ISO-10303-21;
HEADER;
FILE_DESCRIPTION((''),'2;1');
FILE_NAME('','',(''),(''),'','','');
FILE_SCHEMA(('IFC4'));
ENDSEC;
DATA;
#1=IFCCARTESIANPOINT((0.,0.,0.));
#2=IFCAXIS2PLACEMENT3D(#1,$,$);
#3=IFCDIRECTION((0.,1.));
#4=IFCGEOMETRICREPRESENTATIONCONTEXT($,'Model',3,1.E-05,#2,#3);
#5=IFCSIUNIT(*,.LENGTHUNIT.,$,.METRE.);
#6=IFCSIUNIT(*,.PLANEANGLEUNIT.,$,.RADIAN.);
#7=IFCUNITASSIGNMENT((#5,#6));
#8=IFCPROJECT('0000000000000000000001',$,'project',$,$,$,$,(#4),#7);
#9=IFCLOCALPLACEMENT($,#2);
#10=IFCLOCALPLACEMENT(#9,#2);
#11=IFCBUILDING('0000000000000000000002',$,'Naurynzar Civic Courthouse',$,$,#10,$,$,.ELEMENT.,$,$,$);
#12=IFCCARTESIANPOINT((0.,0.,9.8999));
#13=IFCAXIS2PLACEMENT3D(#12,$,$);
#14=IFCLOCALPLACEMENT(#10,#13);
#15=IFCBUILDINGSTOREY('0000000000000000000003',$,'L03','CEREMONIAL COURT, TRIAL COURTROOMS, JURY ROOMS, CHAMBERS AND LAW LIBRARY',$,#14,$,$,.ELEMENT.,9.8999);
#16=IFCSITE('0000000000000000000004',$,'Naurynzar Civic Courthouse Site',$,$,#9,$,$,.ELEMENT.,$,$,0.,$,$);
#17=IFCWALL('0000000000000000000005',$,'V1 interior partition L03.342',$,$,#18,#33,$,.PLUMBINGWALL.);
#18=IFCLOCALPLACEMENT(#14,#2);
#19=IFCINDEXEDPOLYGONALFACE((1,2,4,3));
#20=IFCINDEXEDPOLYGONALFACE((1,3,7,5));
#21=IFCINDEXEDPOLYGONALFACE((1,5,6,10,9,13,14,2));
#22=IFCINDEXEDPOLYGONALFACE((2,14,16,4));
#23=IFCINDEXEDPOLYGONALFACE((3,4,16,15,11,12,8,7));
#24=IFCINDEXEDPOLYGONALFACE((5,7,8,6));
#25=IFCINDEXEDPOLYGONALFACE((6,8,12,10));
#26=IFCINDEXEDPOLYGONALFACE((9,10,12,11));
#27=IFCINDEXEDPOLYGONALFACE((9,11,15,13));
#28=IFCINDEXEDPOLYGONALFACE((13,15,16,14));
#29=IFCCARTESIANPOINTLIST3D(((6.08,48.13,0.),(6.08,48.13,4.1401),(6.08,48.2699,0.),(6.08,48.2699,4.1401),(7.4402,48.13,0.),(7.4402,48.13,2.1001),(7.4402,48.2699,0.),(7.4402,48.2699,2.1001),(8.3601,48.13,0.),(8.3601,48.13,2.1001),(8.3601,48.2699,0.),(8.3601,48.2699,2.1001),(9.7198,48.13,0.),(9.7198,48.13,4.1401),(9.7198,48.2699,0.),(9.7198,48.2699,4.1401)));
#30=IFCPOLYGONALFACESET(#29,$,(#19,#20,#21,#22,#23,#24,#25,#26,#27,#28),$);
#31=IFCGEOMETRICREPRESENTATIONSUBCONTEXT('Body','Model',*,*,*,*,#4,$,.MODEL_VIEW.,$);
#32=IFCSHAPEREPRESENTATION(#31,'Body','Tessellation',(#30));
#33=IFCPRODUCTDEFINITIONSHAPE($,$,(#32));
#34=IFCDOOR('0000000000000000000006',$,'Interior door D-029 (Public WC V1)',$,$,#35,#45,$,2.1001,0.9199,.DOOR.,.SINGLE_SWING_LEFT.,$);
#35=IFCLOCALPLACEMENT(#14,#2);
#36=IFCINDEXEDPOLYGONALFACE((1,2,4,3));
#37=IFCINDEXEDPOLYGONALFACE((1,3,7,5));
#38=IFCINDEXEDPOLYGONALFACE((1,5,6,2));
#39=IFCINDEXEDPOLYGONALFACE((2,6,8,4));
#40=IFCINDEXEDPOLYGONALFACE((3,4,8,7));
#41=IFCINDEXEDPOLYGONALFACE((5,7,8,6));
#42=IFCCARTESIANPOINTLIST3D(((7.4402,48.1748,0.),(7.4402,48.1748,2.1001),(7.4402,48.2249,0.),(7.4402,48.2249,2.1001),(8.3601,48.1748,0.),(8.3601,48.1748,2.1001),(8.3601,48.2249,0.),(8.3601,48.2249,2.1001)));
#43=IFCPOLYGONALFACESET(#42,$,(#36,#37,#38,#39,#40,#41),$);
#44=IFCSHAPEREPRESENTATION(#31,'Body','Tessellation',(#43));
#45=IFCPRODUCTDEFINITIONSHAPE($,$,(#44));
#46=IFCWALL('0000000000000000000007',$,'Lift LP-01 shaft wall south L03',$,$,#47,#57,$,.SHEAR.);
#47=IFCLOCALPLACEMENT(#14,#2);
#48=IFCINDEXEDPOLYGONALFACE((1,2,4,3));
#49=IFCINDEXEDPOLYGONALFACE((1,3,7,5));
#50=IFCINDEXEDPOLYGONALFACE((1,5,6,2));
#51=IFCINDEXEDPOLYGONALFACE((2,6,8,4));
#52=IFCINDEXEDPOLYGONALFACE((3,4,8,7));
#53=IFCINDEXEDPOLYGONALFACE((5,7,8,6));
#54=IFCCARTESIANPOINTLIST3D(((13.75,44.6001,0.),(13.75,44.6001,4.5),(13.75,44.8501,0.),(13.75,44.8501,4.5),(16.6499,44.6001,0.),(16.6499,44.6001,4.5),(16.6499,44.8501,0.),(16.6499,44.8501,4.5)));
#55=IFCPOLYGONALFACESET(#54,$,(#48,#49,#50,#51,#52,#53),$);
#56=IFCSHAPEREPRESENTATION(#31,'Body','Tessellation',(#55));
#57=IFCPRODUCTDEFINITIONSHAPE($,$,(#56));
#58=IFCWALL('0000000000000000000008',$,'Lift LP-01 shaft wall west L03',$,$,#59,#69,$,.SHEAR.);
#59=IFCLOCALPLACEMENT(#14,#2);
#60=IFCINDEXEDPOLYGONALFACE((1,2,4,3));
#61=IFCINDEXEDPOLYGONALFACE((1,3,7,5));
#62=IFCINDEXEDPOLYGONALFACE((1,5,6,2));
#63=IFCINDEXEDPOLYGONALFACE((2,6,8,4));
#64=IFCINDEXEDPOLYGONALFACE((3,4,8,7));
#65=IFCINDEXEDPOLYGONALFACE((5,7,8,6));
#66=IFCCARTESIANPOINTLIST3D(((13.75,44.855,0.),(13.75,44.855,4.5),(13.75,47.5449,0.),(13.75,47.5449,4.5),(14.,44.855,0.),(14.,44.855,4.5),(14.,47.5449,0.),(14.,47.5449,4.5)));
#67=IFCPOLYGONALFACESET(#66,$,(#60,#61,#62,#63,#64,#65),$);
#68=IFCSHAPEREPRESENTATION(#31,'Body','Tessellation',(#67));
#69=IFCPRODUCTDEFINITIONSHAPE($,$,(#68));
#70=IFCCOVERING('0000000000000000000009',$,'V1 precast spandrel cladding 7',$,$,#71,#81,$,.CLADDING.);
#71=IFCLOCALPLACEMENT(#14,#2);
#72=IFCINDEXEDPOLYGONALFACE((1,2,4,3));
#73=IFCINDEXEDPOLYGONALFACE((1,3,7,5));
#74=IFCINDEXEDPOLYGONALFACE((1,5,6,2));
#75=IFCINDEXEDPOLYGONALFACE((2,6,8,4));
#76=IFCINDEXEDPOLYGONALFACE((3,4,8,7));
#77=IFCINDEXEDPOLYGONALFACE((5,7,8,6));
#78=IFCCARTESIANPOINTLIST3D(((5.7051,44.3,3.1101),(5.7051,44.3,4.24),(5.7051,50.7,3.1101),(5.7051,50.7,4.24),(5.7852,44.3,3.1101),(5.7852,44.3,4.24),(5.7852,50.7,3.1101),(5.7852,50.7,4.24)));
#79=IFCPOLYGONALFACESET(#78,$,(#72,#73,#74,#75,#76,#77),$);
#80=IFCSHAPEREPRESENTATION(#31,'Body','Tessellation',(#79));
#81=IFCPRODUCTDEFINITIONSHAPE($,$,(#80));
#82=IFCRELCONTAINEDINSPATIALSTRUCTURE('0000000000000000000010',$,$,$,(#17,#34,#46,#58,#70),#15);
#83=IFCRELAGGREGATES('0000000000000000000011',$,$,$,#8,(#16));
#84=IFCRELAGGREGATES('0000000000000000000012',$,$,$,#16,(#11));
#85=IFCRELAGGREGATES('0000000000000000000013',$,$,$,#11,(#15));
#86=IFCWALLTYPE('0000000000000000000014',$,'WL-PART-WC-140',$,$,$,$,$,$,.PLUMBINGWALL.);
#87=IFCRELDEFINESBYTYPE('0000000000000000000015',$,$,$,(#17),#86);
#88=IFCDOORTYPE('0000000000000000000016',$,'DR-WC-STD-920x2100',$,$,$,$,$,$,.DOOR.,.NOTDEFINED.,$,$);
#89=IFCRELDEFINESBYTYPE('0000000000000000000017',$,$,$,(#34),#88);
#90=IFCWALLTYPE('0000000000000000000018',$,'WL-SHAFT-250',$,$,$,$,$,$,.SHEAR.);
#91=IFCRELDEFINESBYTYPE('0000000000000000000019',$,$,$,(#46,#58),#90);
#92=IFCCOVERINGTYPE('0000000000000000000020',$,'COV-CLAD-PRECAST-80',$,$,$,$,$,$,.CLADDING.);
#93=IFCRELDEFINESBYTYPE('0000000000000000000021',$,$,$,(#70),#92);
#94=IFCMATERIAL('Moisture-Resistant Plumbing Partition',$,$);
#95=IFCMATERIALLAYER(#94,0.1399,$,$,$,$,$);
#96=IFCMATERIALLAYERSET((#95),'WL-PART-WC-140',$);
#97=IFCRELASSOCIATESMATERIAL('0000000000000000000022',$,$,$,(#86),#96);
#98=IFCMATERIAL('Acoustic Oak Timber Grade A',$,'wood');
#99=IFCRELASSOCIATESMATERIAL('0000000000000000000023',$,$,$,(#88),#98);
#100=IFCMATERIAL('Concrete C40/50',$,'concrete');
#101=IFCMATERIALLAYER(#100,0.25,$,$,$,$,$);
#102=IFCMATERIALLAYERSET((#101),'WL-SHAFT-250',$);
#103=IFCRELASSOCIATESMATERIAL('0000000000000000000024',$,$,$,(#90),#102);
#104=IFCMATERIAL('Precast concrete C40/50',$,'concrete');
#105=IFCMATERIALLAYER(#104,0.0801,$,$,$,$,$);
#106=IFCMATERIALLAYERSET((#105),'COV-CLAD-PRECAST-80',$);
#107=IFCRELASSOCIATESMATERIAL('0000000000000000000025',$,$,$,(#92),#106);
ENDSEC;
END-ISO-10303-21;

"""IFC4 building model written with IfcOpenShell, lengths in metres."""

from ifc_helpers import new_model, si_unit, direction, frame, frame_2d, origin, origin_2d, place, context, subcontext, project, spatial, rectangle, extrude, material, layer, layer_set, type_object, element, fill, save


model = new_model("IFC4")

# Units and contexts
model_context = context("Model", 3, precision=1e-05, world=origin(), true_north=direction((0.0, 1.0)))
body_context = subcontext(model_context, "Body", "Model", "MODEL_VIEW")
ifc_project = project(units=[si_unit("LENGTHUNIT", "METRE"), si_unit("PLANEANGLEUNIT", "RADIAN")], contexts=[model_context])

# Site, building, storey
site_placement = place(None, origin())
site = spatial("IfcSite", under=ifc_project, at=site_placement, Name="Naurynzar Civic Courthouse Site", CompositionType="ELEMENT", RefElevation=0.0)
building_placement = place(site_placement, origin())
building = spatial("IfcBuilding", under=site, at=building_placement, Name="Naurynzar Civic Courthouse", CompositionType="ELEMENT")
storey_placement = place(building_placement, frame((0.0, 0.0, 9.8999)))
storey = spatial("IfcBuildingStorey", under=building, at=storey_placement, Name="L03", Description="CEREMONIAL COURT, TRIAL COURTROOMS, JURY ROOMS, CHAMBERS AND LAW LIBRARY", CompositionType="ELEMENT", Elevation=9.8999)

# Wall, opening, door
ifc_material_1 = material(Name="Moisture-Resistant Plumbing Partition")
ifc_layer_1 = layer(ifc_material_1, 0.1399)
ifc_layer_set_1 = layer_set([ifc_layer_1], Name="WL-PART-WC-140")
wall_type_1 = type_object("IfcWallType", Name="WL-PART-WC-140", PredefinedType="PLUMBINGWALL", material=ifc_layer_set_1)
wall_1_placement = place(storey_placement, frame((6.0801, 48.2, 0.0), z_axis=(0.0, 0.0, 1.0), x_axis=(1.0, 0.0, 0.0)))
wall_1 = element("IfcWall", 1, at=wall_1_placement, inside=storey, type_object=wall_type_1, Name="V1 interior partition L03.342", PredefinedType="PLUMBINGWALL", context=body_context, shape_type="SweptSolid", body=[
    extrude(rectangle(XDim=3.6399, YDim=0.1399, at=frame_2d((1.8198, 0.0))), origin(), (0.0, 0.0, 1.0), 4.1401),
])
opening_placement = place(wall_1_placement, frame((1.3601, 0.0, 0.0)))
opening = element("IfcOpeningElement", 2, at=opening_placement, cuts=wall_1, PredefinedType="OPENING", context=body_context, shape_type="SweptSolid", body=[
    extrude(rectangle(XDim=0.9199, YDim=2.1001, at=frame_2d((0.46, 1.05))), frame((0.0, 0.0798, 0.0), z_axis=(0.0, -1.0, 0.0), x_axis=(1.0, 0.0, 0.0)), (0.0, 0.0, 1.0), 0.1599),
])
ifc_material_2 = material(Name="Acoustic Oak Timber Grade A", Category="wood")
door_type = type_object("IfcDoorType", Name="DR-WC-STD-920x2100", OperationType="NOTDEFINED", PredefinedType="DOOR", material=ifc_material_2)
door_placement = place(opening_placement, origin())
door = element("IfcDoor", 3, at=door_placement, inside=storey, type_object=door_type, Name="Interior door D-029 (Public WC V1)", OperationType="SINGLE_SWING_LEFT", OverallHeight=2.1001, OverallWidth=0.9199, PredefinedType="DOOR", context=body_context, shape_type="SweptSolid", body=[
    extrude(rectangle(XDim=0.9199, YDim=2.1001, at=frame_2d((0.46, 1.05))), frame((0.0, 0.0249, 0.0), z_axis=(0.0, -1.0, 0.0), x_axis=(1.0, 0.0, 0.0)), (0.0, 0.0, 1.0), 0.05),
])
fill(opening, door)

# Walls
ifc_material_3 = material(Name="Concrete C40/50", Category="concrete")
ifc_layer_2 = layer(ifc_material_3, 0.25)
ifc_layer_set_2 = layer_set([ifc_layer_2], Name="WL-SHAFT-250")
wall_type_2 = type_object("IfcWallType", Name="WL-SHAFT-250", PredefinedType="SHEAR", material=ifc_layer_set_2)
wall_2_placement = place(storey_placement, frame((13.75, 44.7251, 0.0), z_axis=(0.0, 0.0, 1.0), x_axis=(1.0, 0.0, 0.0)))
element("IfcWall", 4, at=wall_2_placement, inside=storey, type_object=wall_type_2, Name="Lift LP-01 shaft wall south L03", PredefinedType="SHEAR", context=body_context, shape_type="SweptSolid", body=[
    extrude(rectangle(XDim=2.8999, YDim=0.25, at=frame_2d((1.45, 0.0))), origin(), (0.0, 0.0, 1.0), 4.5),
])
wall_3_placement = place(storey_placement, frame((13.875, 47.5449, 0.0), z_axis=(0.0, 0.0, 1.0), x_axis=(0.0, -1.0, 0.0)))
element("IfcWall", 5, at=wall_3_placement, inside=storey, type_object=wall_type_2, Name="Lift LP-01 shaft wall west L03", PredefinedType="SHEAR", context=body_context, shape_type="SweptSolid", body=[
    extrude(rectangle(XDim=2.6899, YDim=0.25, at=frame_2d((1.345, 0.0))), origin(), (0.0, 0.0, 1.0), 4.5),
])

# Covering
ifc_material_4 = material(Name="Precast concrete C40/50", Category="concrete")
ifc_layer_3 = layer(ifc_material_4, 0.0801)
ifc_layer_set_3 = layer_set([ifc_layer_3], Name="COV-CLAD-PRECAST-80")
covering_type = type_object("IfcCoveringType", Name="COV-CLAD-PRECAST-80", PredefinedType="CLADDING", material=ifc_layer_set_3)
covering_placement = place(storey_placement, frame((5.7451, 47.5, 3.1101), z_axis=(0.0, 0.0, 1.0), x_axis=(0.0, 1.0, 0.0)))
element("IfcCovering", 6, at=covering_placement, inside=storey, type_object=covering_type, Name="V1 precast spandrel cladding 7", PredefinedType="CLADDING", context=body_context, shape_type="SweptSolid", body=[
    extrude(rectangle(XDim=6.3999, YDim=0.0801, at=origin_2d()), origin(), (0.0, 0.0, 1.0), 1.1299),
])

save(model, "model.ifc")
